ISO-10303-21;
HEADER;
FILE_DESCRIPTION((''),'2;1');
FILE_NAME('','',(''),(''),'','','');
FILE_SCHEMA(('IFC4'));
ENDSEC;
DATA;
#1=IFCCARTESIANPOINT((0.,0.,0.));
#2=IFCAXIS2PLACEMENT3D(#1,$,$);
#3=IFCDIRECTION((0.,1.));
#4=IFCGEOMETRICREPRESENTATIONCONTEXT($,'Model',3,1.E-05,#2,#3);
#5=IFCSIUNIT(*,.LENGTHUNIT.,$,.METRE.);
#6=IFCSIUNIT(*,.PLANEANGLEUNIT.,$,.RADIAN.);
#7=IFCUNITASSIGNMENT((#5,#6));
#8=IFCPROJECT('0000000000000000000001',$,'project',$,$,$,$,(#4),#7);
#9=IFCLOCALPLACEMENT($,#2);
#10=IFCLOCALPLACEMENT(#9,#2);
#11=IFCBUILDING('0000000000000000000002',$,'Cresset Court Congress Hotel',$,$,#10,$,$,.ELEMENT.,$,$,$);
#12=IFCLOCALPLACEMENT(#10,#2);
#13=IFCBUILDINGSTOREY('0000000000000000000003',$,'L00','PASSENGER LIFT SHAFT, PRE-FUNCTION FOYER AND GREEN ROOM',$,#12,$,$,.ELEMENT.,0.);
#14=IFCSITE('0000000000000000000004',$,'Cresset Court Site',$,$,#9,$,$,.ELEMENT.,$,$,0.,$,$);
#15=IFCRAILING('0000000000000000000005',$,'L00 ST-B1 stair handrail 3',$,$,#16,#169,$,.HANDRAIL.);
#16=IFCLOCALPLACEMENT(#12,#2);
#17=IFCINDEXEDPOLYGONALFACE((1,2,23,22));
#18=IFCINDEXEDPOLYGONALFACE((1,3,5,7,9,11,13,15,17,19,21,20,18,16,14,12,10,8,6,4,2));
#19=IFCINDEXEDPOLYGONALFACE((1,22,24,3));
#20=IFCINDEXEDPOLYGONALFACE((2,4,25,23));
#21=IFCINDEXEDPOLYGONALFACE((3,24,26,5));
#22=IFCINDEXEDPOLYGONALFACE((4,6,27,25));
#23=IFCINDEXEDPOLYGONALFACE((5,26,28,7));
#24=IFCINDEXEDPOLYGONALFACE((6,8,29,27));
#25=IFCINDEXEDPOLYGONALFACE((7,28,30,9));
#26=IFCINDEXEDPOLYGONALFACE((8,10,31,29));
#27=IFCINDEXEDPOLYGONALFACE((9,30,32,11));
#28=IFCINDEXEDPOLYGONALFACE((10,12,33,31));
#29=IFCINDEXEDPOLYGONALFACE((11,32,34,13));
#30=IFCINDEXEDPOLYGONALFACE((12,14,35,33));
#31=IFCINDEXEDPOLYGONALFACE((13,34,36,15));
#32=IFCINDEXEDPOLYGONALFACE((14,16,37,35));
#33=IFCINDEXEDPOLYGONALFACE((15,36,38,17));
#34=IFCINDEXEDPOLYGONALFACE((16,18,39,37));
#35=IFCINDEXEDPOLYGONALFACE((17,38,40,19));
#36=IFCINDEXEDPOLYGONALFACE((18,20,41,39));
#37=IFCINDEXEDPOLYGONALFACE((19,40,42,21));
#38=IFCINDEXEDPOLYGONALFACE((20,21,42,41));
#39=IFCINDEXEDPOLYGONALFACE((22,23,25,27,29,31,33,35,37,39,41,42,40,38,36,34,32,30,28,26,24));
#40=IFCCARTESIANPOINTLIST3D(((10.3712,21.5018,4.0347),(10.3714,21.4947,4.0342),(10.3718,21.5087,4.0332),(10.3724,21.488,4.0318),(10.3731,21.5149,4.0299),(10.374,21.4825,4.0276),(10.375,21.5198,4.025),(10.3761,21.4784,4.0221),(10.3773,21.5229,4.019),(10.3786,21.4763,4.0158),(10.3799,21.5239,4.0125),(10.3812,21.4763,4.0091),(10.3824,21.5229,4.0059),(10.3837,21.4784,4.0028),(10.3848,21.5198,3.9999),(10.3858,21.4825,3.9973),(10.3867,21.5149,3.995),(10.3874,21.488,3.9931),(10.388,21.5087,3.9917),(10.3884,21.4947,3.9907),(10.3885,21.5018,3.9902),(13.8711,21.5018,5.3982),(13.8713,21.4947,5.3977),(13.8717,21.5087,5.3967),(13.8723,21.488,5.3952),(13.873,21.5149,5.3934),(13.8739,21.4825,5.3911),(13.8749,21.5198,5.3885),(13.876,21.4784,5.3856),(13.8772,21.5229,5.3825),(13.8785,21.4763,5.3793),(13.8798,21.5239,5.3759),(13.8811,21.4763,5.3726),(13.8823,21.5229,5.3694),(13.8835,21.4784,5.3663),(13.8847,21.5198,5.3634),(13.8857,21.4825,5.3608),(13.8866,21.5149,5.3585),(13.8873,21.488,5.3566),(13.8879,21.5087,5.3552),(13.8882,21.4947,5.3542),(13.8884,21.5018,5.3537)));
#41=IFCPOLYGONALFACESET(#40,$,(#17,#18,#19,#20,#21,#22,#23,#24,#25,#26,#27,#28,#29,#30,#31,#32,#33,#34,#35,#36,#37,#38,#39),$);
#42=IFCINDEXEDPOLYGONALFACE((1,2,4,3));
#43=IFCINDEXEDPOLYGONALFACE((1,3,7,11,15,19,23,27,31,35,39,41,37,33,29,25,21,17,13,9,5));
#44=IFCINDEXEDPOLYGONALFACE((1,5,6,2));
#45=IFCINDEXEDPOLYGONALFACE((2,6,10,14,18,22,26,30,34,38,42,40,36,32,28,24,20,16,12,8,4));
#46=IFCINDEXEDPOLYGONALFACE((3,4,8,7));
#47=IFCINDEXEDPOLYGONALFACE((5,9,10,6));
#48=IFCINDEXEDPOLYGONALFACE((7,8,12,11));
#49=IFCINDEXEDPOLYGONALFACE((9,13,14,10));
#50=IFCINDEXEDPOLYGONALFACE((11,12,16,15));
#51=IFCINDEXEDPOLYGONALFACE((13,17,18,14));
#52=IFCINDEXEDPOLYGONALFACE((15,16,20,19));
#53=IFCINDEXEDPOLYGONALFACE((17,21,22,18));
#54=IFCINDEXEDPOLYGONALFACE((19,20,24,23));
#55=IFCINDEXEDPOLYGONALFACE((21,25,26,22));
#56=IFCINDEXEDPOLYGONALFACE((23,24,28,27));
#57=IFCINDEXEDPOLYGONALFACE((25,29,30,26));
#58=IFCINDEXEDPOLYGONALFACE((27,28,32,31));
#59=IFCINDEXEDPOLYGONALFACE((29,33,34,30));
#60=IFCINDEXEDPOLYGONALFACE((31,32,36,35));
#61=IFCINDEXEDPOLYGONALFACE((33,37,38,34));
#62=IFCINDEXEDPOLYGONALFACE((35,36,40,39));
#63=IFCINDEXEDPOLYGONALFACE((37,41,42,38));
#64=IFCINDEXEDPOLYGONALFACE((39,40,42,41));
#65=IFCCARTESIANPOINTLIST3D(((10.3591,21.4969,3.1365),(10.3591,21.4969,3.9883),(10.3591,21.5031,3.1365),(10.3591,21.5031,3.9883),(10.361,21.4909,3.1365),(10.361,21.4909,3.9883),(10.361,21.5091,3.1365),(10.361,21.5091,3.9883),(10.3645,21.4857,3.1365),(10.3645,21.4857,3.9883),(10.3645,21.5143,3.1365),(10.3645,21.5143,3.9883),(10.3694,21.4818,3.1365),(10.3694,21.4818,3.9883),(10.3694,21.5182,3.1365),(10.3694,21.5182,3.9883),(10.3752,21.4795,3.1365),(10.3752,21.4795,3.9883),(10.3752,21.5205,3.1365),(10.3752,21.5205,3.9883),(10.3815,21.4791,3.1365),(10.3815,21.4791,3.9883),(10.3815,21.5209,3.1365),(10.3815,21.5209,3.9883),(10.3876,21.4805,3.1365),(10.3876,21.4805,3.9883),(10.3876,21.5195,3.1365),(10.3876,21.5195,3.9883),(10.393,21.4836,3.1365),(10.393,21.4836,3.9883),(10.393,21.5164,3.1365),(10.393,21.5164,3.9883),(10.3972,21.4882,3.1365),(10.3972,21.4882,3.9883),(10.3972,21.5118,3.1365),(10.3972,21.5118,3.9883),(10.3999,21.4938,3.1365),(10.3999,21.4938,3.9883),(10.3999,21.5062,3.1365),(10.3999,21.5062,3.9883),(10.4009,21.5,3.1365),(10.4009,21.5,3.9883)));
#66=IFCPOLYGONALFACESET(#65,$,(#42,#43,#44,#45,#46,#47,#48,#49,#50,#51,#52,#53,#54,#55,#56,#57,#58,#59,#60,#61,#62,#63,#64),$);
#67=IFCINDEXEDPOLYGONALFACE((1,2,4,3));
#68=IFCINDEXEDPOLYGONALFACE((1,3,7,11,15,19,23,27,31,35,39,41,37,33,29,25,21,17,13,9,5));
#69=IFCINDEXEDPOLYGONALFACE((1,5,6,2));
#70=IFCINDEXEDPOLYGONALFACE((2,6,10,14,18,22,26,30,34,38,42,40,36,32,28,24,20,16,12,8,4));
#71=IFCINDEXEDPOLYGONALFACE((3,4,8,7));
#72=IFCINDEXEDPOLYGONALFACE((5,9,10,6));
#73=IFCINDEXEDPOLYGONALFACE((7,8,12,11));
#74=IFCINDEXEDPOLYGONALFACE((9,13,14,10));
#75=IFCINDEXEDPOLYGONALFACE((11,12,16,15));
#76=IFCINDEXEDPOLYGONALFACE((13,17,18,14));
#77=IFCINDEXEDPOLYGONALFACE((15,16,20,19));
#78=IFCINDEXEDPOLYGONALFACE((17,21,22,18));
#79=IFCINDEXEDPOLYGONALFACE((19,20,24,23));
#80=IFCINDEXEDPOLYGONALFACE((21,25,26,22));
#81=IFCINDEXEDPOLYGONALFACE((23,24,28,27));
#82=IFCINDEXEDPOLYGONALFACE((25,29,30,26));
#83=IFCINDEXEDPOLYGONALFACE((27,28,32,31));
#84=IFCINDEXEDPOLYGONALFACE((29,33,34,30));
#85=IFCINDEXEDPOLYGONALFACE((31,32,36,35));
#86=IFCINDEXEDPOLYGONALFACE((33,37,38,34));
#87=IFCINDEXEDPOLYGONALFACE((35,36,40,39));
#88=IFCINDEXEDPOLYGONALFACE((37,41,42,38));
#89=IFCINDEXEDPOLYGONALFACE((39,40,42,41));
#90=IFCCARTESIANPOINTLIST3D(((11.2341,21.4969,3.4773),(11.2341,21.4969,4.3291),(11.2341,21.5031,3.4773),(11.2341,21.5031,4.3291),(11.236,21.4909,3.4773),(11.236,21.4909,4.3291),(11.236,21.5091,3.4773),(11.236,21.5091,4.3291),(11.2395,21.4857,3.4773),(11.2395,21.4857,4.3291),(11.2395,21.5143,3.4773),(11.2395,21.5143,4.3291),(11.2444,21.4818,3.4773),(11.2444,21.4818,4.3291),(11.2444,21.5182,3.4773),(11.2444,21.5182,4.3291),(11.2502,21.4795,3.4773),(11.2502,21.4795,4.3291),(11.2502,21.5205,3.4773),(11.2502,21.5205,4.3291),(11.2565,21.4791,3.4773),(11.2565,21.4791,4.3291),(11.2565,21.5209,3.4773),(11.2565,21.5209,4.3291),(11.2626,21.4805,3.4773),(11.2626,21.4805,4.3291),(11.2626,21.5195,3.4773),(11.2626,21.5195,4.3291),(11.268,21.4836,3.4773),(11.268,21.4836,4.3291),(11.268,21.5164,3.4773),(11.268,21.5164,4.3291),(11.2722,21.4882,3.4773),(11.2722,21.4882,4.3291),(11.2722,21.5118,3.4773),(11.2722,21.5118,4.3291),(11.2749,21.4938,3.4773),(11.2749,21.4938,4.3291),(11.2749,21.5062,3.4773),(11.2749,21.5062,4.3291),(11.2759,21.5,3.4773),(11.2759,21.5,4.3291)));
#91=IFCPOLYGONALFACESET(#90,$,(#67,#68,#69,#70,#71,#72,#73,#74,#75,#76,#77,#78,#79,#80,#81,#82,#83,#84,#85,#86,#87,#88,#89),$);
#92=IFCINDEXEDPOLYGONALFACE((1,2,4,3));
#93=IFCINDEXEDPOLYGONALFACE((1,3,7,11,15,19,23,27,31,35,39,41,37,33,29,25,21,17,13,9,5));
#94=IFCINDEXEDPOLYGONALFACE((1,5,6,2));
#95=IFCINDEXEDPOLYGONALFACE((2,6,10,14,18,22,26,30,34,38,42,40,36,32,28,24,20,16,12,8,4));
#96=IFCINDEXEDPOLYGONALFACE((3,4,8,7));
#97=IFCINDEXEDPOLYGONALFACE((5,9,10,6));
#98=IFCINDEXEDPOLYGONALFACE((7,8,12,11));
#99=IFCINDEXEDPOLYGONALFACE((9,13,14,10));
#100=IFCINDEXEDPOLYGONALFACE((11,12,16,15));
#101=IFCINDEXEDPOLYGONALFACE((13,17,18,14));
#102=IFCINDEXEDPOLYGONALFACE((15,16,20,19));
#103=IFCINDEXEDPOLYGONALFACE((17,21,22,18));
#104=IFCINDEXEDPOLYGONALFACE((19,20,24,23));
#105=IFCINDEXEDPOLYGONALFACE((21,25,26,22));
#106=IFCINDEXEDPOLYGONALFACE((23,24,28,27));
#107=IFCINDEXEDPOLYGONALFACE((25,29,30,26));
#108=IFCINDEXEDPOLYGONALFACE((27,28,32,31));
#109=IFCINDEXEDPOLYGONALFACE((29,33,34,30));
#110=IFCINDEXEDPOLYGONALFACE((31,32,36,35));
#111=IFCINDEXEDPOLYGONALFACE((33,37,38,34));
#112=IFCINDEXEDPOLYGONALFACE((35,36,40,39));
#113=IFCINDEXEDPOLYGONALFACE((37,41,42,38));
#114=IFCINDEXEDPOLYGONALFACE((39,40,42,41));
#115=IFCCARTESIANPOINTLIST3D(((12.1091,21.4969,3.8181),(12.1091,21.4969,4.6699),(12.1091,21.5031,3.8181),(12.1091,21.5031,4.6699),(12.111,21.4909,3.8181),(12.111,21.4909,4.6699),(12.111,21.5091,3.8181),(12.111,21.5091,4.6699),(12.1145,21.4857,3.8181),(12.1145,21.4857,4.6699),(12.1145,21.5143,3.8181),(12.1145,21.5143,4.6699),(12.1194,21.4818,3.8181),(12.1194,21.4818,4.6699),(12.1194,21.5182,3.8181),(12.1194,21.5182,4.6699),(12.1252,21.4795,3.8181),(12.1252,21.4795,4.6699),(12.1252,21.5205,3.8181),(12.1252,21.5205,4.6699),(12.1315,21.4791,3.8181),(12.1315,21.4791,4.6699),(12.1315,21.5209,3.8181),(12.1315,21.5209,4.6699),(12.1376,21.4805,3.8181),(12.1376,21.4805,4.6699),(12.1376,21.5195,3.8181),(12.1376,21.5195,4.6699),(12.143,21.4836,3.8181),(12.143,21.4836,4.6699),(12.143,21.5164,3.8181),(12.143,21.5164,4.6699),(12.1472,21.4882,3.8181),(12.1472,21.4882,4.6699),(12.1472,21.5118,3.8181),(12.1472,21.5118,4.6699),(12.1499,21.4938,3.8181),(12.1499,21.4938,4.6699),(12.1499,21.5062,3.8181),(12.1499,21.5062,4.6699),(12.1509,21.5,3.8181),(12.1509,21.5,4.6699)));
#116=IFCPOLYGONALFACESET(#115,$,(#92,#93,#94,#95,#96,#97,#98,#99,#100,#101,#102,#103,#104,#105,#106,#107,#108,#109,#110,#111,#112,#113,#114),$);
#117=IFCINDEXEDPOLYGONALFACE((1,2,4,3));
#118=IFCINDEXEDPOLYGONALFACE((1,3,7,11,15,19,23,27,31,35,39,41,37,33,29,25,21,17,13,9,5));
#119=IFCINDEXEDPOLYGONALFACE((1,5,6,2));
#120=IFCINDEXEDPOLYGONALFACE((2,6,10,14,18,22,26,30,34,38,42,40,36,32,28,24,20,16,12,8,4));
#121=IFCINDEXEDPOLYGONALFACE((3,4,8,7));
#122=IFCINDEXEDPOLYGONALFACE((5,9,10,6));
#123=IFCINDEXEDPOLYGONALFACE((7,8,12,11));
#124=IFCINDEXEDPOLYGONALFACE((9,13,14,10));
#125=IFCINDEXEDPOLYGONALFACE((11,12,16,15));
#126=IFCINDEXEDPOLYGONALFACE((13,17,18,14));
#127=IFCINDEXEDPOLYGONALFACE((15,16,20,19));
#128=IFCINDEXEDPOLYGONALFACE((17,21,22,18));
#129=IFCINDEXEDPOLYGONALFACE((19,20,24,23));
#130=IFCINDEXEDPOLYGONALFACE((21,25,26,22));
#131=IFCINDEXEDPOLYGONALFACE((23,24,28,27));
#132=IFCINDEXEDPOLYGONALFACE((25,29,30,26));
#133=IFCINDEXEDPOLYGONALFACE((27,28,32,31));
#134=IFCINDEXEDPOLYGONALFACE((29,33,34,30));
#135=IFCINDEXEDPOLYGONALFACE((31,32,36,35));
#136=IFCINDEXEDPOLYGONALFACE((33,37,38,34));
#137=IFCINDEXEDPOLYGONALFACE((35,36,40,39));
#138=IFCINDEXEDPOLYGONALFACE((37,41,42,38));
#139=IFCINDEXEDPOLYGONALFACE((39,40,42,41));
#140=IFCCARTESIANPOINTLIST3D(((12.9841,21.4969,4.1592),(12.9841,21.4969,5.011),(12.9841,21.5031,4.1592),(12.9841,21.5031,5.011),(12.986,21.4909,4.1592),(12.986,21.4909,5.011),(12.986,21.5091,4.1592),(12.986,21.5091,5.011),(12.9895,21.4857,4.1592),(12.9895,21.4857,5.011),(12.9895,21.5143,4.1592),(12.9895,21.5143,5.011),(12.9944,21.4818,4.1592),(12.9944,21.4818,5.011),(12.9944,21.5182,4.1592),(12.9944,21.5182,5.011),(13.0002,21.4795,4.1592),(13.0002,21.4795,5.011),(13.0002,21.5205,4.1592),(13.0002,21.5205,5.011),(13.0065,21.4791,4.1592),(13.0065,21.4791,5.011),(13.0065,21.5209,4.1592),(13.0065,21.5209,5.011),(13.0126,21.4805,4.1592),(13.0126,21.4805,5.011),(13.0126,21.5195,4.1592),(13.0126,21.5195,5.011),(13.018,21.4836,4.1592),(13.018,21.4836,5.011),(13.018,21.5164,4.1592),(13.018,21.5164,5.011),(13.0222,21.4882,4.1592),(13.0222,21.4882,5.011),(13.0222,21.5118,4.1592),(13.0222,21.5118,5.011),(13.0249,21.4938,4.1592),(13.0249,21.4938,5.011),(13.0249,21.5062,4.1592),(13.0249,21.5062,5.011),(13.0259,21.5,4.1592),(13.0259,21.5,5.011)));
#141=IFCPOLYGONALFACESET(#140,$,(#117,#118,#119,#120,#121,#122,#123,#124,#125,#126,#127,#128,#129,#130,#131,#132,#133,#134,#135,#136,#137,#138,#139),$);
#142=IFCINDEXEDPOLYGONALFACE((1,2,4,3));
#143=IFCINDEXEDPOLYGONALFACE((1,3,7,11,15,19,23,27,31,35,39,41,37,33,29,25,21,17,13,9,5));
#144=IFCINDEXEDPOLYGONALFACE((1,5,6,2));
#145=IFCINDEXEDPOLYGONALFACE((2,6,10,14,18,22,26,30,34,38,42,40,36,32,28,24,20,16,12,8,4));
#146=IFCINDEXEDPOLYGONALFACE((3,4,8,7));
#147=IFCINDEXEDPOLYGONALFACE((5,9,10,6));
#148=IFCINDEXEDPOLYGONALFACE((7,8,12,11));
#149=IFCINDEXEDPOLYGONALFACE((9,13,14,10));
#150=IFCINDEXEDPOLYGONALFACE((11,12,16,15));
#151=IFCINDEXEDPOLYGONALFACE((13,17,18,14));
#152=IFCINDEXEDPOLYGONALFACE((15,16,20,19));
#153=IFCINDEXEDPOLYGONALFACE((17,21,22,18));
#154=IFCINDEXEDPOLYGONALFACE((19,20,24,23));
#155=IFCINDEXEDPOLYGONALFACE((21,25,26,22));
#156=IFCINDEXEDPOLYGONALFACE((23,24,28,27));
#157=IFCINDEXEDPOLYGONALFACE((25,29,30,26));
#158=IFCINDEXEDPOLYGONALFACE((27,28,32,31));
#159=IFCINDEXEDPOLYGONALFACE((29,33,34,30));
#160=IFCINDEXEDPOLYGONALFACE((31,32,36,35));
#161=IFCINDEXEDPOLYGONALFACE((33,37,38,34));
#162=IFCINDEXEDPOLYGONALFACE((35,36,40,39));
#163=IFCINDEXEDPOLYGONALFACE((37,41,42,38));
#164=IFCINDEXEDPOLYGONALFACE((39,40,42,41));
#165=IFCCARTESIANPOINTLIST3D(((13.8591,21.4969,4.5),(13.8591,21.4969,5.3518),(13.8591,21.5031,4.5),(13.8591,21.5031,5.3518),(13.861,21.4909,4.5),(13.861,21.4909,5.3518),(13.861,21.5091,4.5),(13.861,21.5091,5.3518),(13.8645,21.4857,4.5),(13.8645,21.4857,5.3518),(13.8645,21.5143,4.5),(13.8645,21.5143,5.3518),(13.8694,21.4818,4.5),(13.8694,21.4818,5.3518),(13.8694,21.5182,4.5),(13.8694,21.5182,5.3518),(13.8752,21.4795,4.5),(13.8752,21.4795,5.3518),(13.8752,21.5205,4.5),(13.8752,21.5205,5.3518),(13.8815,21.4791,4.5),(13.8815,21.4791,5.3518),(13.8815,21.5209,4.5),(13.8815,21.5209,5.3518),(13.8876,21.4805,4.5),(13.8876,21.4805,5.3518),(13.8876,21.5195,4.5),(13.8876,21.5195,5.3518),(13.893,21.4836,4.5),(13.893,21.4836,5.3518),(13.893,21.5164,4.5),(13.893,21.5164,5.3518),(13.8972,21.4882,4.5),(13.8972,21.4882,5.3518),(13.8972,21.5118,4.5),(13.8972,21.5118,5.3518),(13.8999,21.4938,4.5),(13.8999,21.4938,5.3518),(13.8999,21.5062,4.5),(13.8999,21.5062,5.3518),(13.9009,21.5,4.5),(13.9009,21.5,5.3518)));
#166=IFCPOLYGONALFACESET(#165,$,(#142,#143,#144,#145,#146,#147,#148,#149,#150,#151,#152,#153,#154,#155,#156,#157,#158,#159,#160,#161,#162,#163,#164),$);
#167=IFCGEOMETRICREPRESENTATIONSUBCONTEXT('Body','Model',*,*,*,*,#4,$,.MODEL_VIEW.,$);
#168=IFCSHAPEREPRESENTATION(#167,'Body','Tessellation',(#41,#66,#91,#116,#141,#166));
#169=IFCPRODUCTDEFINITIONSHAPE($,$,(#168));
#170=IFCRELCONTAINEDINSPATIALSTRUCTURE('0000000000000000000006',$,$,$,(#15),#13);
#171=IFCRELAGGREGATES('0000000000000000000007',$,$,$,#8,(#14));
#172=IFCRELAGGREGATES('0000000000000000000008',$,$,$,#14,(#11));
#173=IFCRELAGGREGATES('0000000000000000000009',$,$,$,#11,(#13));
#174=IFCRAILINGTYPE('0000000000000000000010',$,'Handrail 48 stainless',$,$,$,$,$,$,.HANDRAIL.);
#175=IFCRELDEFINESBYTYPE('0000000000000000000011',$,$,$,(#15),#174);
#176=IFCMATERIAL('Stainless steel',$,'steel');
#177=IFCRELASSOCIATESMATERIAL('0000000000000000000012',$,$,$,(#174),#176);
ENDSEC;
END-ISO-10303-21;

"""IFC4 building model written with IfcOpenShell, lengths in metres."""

from ifc_helpers import new_model, si_unit, direction, frame, origin, origin_2d, place, context, subcontext, project, spatial, circle, extrude, material, type_object, element, save


model = new_model("IFC4")

# Units and contexts
model_context = context("Model", 3, precision=1e-05, world=origin(), true_north=direction((0.0, 1.0)))
body_context = subcontext(model_context, "Body", "Model", "MODEL_VIEW")
ifc_project = project(units=[si_unit("LENGTHUNIT", "METRE"), si_unit("PLANEANGLEUNIT", "RADIAN")], contexts=[model_context])

# Site, building, storey
site_placement = place(None, origin())
site = spatial("IfcSite", under=ifc_project, at=site_placement, Name="Cresset Court Site", CompositionType="ELEMENT", RefElevation=0.0)
building_placement = place(site_placement, origin())
building = spatial("IfcBuilding", under=site, at=building_placement, Name="Cresset Court Congress Hotel", CompositionType="ELEMENT")
storey_placement = place(building_placement, origin())
storey = spatial("IfcBuildingStorey", under=building, at=storey_placement, Name="L00", Description="PASSENGER LIFT SHAFT, PRE-FUNCTION FOYER AND GREEN ROOM", CompositionType="ELEMENT", Elevation=0.0)

# Railing
ifc_material_1 = material(Name="Stainless steel", Category="steel")
railing_type_1 = type_object("IfcRailingType", Name="Handrail 48 stainless", PredefinedType="HANDRAIL", material=ifc_material_1)
railing_1_placement = place(storey_placement, frame((10.3799, 21.5, 3.1365)))
element("IfcRailing", 1, at=railing_1_placement, inside=storey, type_object=railing_type_1, Name="L00 ST-B1 stair handrail 3", PredefinedType="HANDRAIL", context=body_context, shape_type="SweptSolid", body=[
    extrude(circle(Radius=0.0239, at=origin_2d()), frame((0.0, 0.0, 0.876), z_axis=(0.931787, 0.0, 0.363005), x_axis=(0.0, 1.0, 0.0)), (0.0, 0.0, 1.0), 3.7561),
    extrude(circle(Radius=0.021, at=origin_2d()), origin(), (0.0, 0.0, 1.0), 0.8518),
    extrude(circle(Radius=0.021, at=origin_2d()), frame((0.875, 0.0, 0.3408)), (0.0, 0.0, 1.0), 0.8518),
    extrude(circle(Radius=0.021, at=origin_2d()), frame((1.75, 0.0, 0.6816)), (0.0, 0.0, 1.0), 0.8518),
    extrude(circle(Radius=0.021, at=origin_2d()), frame((2.625, 0.0, 1.0227)), (0.0, 0.0, 1.0), 0.8518),
    extrude(circle(Radius=0.021, at=origin_2d()), frame((3.5, 0.0, 1.3635)), (0.0, 0.0, 1.0), 0.8518),
])

save(model, "model.ifc")
